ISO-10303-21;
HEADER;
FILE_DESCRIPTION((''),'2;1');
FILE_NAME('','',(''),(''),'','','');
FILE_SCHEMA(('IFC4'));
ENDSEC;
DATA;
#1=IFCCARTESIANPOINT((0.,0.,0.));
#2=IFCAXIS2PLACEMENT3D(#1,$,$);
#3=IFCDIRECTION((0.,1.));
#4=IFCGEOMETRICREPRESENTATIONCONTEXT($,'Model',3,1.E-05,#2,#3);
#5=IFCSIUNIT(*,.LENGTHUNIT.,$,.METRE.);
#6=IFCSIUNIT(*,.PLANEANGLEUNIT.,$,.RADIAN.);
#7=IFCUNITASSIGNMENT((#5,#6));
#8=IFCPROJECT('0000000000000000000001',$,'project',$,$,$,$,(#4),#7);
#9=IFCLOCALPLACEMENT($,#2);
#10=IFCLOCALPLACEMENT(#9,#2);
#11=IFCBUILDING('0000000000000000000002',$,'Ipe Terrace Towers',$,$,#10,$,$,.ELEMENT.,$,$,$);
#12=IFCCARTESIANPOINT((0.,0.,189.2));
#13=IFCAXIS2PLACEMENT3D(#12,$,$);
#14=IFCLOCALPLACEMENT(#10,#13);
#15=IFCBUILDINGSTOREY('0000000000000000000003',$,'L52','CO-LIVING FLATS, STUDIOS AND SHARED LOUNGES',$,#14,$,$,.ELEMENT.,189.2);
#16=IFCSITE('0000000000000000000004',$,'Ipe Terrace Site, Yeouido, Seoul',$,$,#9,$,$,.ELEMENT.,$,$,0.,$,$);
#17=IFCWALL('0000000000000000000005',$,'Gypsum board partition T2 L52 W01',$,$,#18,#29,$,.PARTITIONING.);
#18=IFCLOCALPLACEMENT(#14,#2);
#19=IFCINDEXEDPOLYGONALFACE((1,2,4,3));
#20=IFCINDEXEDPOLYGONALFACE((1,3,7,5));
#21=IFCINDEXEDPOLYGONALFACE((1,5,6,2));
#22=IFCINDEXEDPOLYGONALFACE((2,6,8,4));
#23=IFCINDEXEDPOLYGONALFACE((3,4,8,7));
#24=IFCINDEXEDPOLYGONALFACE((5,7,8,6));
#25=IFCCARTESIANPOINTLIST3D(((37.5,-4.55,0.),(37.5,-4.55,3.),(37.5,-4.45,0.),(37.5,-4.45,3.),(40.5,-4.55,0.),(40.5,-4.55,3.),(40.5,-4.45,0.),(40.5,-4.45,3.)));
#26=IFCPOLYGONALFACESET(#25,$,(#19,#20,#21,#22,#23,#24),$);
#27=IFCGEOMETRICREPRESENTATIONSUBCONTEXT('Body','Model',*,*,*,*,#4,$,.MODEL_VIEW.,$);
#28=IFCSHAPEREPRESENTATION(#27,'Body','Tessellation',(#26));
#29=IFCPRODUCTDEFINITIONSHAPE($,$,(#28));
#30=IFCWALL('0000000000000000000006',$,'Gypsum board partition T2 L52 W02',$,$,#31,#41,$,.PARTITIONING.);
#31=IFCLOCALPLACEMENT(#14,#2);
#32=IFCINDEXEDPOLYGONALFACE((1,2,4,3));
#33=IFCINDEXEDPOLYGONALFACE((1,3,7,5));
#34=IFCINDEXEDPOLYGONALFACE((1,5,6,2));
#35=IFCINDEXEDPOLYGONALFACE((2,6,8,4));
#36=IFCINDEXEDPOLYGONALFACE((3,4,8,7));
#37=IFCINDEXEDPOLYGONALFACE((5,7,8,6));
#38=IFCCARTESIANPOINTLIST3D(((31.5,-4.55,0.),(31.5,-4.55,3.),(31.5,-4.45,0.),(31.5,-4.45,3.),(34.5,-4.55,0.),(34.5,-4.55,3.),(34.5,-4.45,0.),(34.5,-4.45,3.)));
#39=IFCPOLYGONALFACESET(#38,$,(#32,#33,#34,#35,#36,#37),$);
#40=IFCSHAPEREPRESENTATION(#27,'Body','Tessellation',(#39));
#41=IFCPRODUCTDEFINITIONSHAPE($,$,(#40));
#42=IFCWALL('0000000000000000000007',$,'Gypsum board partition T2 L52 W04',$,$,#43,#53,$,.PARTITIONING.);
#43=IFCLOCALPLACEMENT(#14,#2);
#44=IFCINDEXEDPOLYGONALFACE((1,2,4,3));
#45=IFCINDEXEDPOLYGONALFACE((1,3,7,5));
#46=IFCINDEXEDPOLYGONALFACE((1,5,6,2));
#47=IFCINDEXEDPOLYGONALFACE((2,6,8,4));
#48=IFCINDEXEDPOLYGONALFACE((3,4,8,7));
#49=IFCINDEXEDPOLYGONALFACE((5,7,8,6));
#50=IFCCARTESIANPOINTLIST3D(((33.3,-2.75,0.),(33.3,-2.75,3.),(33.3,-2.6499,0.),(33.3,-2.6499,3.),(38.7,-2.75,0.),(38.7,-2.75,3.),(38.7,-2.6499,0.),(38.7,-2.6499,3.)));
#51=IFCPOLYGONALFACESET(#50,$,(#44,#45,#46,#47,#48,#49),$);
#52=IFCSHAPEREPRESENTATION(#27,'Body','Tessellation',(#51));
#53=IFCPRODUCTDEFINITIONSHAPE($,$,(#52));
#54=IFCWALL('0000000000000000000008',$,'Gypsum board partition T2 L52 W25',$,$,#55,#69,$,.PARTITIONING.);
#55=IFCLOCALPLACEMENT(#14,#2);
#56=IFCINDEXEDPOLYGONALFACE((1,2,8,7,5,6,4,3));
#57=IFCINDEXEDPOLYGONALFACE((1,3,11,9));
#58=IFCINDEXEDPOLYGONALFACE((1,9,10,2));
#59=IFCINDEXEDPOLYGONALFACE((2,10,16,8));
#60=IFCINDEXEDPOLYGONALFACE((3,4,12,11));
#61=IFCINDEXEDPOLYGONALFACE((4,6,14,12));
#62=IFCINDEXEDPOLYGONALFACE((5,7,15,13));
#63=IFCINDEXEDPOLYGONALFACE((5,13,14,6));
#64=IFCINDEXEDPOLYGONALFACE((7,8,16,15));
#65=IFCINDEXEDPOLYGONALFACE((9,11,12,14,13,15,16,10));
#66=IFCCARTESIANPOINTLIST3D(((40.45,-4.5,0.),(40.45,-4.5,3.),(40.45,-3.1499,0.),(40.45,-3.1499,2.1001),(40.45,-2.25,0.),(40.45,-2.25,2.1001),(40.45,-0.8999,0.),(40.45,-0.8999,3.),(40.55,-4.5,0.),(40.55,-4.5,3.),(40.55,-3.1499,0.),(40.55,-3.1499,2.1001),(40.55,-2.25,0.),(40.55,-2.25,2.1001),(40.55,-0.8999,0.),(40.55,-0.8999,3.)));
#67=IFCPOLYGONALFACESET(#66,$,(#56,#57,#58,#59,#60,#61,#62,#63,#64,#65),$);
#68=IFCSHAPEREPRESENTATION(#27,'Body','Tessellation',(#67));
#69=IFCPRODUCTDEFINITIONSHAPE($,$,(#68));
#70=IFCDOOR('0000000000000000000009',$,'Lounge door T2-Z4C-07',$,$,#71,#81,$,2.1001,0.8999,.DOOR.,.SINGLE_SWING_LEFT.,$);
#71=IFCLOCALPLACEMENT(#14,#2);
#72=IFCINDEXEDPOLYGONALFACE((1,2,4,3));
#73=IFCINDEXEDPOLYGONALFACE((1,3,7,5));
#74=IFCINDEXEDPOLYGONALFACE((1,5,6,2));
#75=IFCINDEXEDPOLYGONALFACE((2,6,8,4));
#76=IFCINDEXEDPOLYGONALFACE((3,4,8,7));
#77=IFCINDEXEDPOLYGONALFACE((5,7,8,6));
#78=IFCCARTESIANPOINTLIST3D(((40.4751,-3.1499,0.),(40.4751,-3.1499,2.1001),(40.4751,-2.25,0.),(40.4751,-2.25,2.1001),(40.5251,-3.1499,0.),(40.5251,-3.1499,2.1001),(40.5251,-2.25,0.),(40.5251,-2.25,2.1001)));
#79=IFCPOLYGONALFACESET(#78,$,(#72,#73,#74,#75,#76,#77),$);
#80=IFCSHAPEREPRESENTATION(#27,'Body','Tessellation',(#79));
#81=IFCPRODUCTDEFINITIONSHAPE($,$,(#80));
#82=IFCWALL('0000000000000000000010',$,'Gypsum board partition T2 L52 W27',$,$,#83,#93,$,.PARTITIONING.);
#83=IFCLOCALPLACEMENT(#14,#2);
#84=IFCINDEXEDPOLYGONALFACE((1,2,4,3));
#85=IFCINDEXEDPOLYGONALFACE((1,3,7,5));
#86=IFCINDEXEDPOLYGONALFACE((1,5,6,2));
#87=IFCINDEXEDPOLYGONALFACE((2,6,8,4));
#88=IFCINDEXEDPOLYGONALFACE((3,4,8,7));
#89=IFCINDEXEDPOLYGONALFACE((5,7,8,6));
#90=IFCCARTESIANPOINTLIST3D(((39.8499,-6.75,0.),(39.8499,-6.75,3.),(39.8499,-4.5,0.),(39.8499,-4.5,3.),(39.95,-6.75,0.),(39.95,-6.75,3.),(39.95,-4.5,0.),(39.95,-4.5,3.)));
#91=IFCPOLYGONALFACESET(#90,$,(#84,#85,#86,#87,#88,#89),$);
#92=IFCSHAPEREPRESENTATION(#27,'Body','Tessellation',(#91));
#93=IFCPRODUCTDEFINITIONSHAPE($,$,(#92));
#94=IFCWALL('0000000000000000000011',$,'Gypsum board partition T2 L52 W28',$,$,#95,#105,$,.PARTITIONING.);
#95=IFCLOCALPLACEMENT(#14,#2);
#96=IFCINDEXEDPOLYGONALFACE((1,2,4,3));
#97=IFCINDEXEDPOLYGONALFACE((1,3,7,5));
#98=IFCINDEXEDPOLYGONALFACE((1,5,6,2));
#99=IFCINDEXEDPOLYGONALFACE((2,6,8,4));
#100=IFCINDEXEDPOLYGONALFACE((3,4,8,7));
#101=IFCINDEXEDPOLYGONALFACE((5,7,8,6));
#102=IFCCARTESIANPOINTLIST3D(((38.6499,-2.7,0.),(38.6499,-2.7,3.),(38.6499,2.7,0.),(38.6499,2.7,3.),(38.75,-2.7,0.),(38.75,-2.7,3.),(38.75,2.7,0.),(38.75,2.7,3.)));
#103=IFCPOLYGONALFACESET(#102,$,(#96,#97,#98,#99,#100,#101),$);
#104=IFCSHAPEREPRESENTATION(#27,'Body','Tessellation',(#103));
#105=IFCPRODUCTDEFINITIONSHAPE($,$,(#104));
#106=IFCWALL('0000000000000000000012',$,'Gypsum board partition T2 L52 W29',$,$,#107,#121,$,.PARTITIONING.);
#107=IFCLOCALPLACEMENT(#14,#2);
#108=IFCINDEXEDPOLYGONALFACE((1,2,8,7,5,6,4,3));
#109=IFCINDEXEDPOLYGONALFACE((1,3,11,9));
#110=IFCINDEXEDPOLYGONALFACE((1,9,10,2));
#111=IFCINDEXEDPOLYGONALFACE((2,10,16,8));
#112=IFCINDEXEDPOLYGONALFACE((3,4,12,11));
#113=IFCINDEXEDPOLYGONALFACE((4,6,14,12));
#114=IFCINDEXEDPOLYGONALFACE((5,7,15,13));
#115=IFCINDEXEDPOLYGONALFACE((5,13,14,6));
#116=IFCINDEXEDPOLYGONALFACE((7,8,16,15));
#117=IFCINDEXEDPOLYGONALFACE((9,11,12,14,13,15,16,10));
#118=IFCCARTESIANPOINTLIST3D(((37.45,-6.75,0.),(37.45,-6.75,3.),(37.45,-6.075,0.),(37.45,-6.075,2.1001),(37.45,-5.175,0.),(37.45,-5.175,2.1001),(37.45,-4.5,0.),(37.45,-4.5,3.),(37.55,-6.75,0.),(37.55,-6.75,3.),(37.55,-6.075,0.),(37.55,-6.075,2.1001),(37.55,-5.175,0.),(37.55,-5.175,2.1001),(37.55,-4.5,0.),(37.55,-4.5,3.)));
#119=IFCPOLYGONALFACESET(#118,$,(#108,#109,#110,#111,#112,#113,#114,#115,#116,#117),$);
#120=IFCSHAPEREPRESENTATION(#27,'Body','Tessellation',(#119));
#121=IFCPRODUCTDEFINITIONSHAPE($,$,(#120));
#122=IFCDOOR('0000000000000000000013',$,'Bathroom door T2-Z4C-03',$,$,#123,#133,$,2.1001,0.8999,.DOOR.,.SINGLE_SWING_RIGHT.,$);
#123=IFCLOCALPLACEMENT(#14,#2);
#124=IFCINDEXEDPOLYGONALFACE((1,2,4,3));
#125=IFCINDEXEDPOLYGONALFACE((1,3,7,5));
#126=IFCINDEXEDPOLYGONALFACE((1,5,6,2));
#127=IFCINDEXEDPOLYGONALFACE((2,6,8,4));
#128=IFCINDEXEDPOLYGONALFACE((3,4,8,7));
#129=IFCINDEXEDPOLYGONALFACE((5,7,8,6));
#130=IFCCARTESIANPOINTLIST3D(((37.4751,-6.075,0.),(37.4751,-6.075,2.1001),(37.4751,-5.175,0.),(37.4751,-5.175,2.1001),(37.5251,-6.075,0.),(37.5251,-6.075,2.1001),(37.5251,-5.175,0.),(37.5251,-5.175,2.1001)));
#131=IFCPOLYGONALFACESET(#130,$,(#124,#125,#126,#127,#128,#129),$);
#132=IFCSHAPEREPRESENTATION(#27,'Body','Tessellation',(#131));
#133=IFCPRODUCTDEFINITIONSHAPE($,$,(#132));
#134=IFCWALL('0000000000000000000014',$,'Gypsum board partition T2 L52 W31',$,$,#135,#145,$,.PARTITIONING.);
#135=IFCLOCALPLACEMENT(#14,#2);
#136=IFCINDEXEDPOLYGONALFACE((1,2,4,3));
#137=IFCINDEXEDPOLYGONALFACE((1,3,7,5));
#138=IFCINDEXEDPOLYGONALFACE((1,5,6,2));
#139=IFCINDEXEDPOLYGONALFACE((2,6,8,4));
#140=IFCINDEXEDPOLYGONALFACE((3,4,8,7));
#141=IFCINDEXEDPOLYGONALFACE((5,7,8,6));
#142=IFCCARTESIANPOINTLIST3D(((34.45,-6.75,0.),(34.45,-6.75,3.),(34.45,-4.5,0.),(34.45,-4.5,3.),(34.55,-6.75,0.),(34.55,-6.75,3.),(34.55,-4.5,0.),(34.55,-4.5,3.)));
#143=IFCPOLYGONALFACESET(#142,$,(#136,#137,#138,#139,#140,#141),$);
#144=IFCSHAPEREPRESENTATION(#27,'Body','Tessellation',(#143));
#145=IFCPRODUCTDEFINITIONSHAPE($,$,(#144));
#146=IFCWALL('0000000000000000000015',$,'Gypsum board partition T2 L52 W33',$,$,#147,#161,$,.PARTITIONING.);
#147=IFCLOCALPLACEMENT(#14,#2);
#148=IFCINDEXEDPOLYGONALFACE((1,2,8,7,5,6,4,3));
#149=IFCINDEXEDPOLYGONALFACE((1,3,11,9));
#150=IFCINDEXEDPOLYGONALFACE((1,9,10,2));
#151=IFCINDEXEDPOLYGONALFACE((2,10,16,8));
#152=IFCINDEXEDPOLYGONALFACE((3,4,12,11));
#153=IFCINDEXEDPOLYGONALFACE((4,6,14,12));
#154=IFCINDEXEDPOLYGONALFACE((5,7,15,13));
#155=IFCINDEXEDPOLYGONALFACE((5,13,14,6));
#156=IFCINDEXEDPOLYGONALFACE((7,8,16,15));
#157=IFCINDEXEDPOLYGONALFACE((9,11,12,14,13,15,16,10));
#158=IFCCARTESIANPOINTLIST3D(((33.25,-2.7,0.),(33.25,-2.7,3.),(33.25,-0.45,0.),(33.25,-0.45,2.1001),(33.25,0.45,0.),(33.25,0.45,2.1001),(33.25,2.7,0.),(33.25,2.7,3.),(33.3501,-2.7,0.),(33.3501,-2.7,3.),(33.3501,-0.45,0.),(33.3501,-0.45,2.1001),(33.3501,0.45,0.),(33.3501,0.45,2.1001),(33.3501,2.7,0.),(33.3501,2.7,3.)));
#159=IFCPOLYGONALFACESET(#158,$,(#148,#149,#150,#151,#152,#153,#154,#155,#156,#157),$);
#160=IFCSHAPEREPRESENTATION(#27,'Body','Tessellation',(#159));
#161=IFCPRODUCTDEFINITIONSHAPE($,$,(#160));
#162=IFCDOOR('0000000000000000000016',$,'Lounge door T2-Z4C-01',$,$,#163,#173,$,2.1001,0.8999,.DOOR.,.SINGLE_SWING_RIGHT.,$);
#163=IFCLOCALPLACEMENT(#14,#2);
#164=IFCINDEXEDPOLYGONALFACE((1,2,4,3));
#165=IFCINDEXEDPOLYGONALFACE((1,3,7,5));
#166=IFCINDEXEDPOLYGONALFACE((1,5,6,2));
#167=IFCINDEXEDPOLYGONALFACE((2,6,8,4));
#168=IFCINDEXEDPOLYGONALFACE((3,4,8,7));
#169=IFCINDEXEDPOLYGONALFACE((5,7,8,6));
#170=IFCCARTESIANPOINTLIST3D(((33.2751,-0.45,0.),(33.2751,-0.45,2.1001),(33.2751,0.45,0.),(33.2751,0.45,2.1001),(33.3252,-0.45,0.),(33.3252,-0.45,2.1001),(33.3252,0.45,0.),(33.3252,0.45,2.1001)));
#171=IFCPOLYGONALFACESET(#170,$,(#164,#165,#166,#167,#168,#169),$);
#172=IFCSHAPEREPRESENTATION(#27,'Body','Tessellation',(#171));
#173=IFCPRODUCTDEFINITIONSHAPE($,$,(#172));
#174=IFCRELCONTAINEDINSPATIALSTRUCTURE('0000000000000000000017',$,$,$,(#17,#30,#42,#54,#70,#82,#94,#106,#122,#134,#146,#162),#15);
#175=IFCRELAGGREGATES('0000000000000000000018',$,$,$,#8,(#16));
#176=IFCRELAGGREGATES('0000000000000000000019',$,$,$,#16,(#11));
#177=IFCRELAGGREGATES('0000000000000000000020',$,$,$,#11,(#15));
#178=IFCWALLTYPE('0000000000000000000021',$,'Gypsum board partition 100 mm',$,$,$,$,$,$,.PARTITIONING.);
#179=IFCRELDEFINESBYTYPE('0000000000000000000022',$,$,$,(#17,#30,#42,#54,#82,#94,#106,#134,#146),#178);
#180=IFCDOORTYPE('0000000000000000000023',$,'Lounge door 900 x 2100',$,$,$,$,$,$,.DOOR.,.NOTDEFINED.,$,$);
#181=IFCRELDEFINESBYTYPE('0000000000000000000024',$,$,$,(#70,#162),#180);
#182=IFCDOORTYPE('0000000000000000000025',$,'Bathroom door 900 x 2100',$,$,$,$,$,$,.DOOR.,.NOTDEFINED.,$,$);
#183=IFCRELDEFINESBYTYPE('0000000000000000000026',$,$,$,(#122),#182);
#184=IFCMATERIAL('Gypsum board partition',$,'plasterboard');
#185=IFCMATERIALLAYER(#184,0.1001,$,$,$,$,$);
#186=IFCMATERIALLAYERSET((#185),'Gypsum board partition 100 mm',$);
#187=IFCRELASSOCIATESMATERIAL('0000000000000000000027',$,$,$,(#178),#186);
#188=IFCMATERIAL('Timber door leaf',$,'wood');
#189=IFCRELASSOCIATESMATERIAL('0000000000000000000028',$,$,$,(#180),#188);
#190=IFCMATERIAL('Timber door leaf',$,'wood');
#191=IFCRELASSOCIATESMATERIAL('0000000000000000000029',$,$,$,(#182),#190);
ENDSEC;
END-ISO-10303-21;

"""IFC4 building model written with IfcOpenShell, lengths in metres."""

from ifc_helpers import new_model, si_unit, direction, frame, frame_2d, origin, place, context, subcontext, project, spatial, rectangle, extrude, material, layer, layer_set, type_object, element, fill, save


model = new_model("IFC4")

# Units and contexts
model_context = context("Model", 3, precision=1e-05, world=origin(), true_north=direction((0.0, 1.0)))
body_context = subcontext(model_context, "Body", "Model", "MODEL_VIEW")
ifc_project = project(units=[si_unit("LENGTHUNIT", "METRE"), si_unit("PLANEANGLEUNIT", "RADIAN")], contexts=[model_context])

# Site, building, storey
site_placement = place(None, origin())
site = spatial("IfcSite", under=ifc_project, at=site_placement, Name="Ipe Terrace Site, Yeouido, Seoul", CompositionType="ELEMENT", RefElevation=0.0)
building_placement = place(site_placement, origin())
building = spatial("IfcBuilding", under=site, at=building_placement, Name="Ipe Terrace Towers", CompositionType="ELEMENT")
storey_placement = place(building_placement, frame((0.0, 0.0, 189.2)))
storey = spatial("IfcBuildingStorey", under=building, at=storey_placement, Name="L52", Description="CO-LIVING FLATS, STUDIOS AND SHARED LOUNGES", CompositionType="ELEMENT", Elevation=189.2)

# Walls
ifc_material_1 = material(Name="Gypsum board partition", Category="plasterboard")
ifc_layer_1 = layer(ifc_material_1, 0.1001)
ifc_layer_set_1 = layer_set([ifc_layer_1], Name="Gypsum board partition 100 mm")
wall_type_1 = type_object("IfcWallType", Name="Gypsum board partition 100 mm", PredefinedType="PARTITIONING", material=ifc_layer_set_1)
for number, where, z_axis, x_axis, name in (
    (1, (40.5, -4.5, 0.0), (0.0, 0.0, 1.0), (-1.0, 0.0, 0.0), "Gypsum board partition T2 L52 W01"),
    (2, (34.5, -4.5, 0.0), (0.0, 0.0, 1.0), (-1.0, 0.0, 0.0), "Gypsum board partition T2 L52 W02"),
):
    element("IfcWall", number, at=place(storey_placement, frame(where, z_axis=z_axis, x_axis=x_axis)), inside=storey, type_object=wall_type_1, Name=name, PredefinedType="PARTITIONING", context=body_context, shape_type="SweptSolid", body=[
        extrude(rectangle(XDim=3.0, YDim=0.1001, at=frame_2d((1.5, 0.0))), origin(), (0.0, 0.0, 1.0), 3.0),
    ])
wall_1_placement = place(storey_placement, frame((38.7, -2.7, 0.0), z_axis=(0.0, 0.0, 1.0), x_axis=(-1.0, 0.0, 0.0)))
element("IfcWall", 3, at=wall_1_placement, inside=storey, type_object=wall_type_1, Name="Gypsum board partition T2 L52 W04", PredefinedType="PARTITIONING", context=body_context, shape_type="SweptSolid", body=[
    extrude(rectangle(XDim=5.3999, YDim=0.1001, at=frame_2d((2.7, 0.0))), origin(), (0.0, 0.0, 1.0), 3.0),
])

# Wall, opening, door
wall_2_placement = place(storey_placement, frame((40.5, -4.5, 0.0), z_axis=(0.0, 0.0, 1.0), x_axis=(0.0, 1.0, 0.0)))
wall_2 = element("IfcWall", 4, at=wall_2_placement, inside=storey, type_object=wall_type_1, Name="Gypsum board partition T2 L52 W25", PredefinedType="PARTITIONING", context=body_context, shape_type="SweptSolid", body=[
    extrude(rectangle(XDim=3.6001, YDim=0.1001, at=frame_2d((1.8, 0.0))), origin(), (0.0, 0.0, 1.0), 3.0),
])
opening_1_placement = place(wall_2_placement, frame((1.3501, 0.0, 0.0)))
opening_1 = element("IfcOpeningElement", 5, at=opening_1_placement, cuts=wall_2, PredefinedType="OPENING", context=body_context, shape_type="SweptSolid", body=[
    extrude(rectangle(XDim=0.8999, YDim=2.1001, at=frame_2d((0.45, 1.05))), frame((0.0, 0.0601, 0.0), z_axis=(0.0, -1.0, 0.0), x_axis=(1.0, 0.0, 0.0)), (0.0, 0.0, 1.0), 0.1201),
])
ifc_material_2 = material(Name="Timber door leaf", Category="wood")
door_type_1 = type_object("IfcDoorType", Name="Lounge door 900 x 2100", OperationType="NOTDEFINED", PredefinedType="DOOR", material=ifc_material_2)
door_1_placement = place(opening_1_placement, origin())
door_1 = element("IfcDoor", 6, at=door_1_placement, inside=storey, type_object=door_type_1, Name="Lounge door T2-Z4C-07", OperationType="SINGLE_SWING_LEFT", OverallHeight=2.1001, OverallWidth=0.8999, PredefinedType="DOOR", context=body_context, shape_type="SweptSolid", body=[
    extrude(rectangle(XDim=0.8999, YDim=2.1001, at=frame_2d((0.45, 1.05))), frame((0.0, 0.0249, 0.0), z_axis=(0.0, -1.0, 0.0), x_axis=(1.0, 0.0, 0.0)), (0.0, 0.0, 1.0), 0.05),
])
fill(opening_1, door_1)

# Walls
wall_3_placement = place(storey_placement, frame((39.8999, -6.75, 0.0), z_axis=(0.0, 0.0, 1.0), x_axis=(0.0, 1.0, 0.0)))
element("IfcWall", 7, at=wall_3_placement, inside=storey, type_object=wall_type_1, Name="Gypsum board partition T2 L52 W27", PredefinedType="PARTITIONING", context=body_context, shape_type="SweptSolid", body=[
    extrude(rectangle(XDim=2.25, YDim=0.1001, at=frame_2d((1.125, 0.0))), origin(), (0.0, 0.0, 1.0), 3.0),
])
wall_4_placement = place(storey_placement, frame((38.7, -2.7, 0.0), z_axis=(0.0, 0.0, 1.0), x_axis=(0.0, 1.0, 0.0)))
element("IfcWall", 8, at=wall_4_placement, inside=storey, type_object=wall_type_1, Name="Gypsum board partition T2 L52 W28", PredefinedType="PARTITIONING", context=body_context, shape_type="SweptSolid", body=[
    extrude(rectangle(XDim=5.3999, YDim=0.1001, at=frame_2d((2.7, 0.0))), origin(), (0.0, 0.0, 1.0), 3.0),
])

# Wall, opening, door
wall_5_placement = place(storey_placement, frame((37.5, -6.75, 0.0), z_axis=(0.0, 0.0, 1.0), x_axis=(0.0, 1.0, 0.0)))
wall_5 = element("IfcWall", 9, at=wall_5_placement, inside=storey, type_object=wall_type_1, Name="Gypsum board partition T2 L52 W29", PredefinedType="PARTITIONING", context=body_context, shape_type="SweptSolid", body=[
    extrude(rectangle(XDim=2.25, YDim=0.1001, at=frame_2d((1.125, 0.0))), origin(), (0.0, 0.0, 1.0), 3.0),
])
opening_2_placement = place(wall_5_placement, frame((0.675, 0.0, 0.0)))
opening_2 = element("IfcOpeningElement", 10, at=opening_2_placement, cuts=wall_5, PredefinedType="OPENING", context=body_context, shape_type="SweptSolid", body=[
    extrude(rectangle(XDim=0.8999, YDim=2.1001, at=frame_2d((0.45, 1.05))), frame((0.0, 0.0601, 0.0), z_axis=(0.0, -1.0, 0.0), x_axis=(1.0, 0.0, 0.0)), (0.0, 0.0, 1.0), 0.1201),
])
ifc_material_3 = material(Name="Timber door leaf", Category="wood")
door_type_2 = type_object("IfcDoorType", Name="Bathroom door 900 x 2100", OperationType="NOTDEFINED", PredefinedType="DOOR", material=ifc_material_3)
door_2_placement = place(opening_2_placement, origin())
door_2 = element("IfcDoor", 11, at=door_2_placement, inside=storey, type_object=door_type_2, Name="Bathroom door T2-Z4C-03", OperationType="SINGLE_SWING_RIGHT", OverallHeight=2.1001, OverallWidth=0.8999, PredefinedType="DOOR", context=body_context, shape_type="SweptSolid", body=[
    extrude(rectangle(XDim=0.8999, YDim=2.1001, at=frame_2d((0.45, 1.05))), frame((0.0, 0.0249, 0.0), z_axis=(0.0, -1.0, 0.0), x_axis=(1.0, 0.0, 0.0)), (0.0, 0.0, 1.0), 0.05),
])
fill(opening_2, door_2)

# Wall
wall_6_placement = place(storey_placement, frame((34.5, -6.75, 0.0), z_axis=(0.0, 0.0, 1.0), x_axis=(0.0, 1.0, 0.0)))
element("IfcWall", 12, at=wall_6_placement, inside=storey, type_object=wall_type_1, Name="Gypsum board partition T2 L52 W31", PredefinedType="PARTITIONING", context=body_context, shape_type="SweptSolid", body=[
    extrude(rectangle(XDim=2.25, YDim=0.1001, at=frame_2d((1.125, 0.0))), origin(), (0.0, 0.0, 1.0), 3.0),
])

# Wall, opening, door
wall_7_placement = place(storey_placement, frame((33.3, -2.7, 0.0), z_axis=(0.0, 0.0, 1.0), x_axis=(0.0, 1.0, 0.0)))
wall_7 = element("IfcWall", 13, at=wall_7_placement, inside=storey, type_object=wall_type_1, Name="Gypsum board partition T2 L52 W33", PredefinedType="PARTITIONING", context=body_context, shape_type="SweptSolid", body=[
    extrude(rectangle(XDim=5.3999, YDim=0.1001, at=frame_2d((2.7, 0.0))), origin(), (0.0, 0.0, 1.0), 3.0),
])
opening_3_placement = place(wall_7_placement, frame((2.25, 0.0, 0.0)))
opening_3 = element("IfcOpeningElement", 14, at=opening_3_placement, cuts=wall_7, PredefinedType="OPENING", context=body_context, shape_type="SweptSolid", body=[
    extrude(rectangle(XDim=0.8999, YDim=2.1001, at=frame_2d((0.45, 1.05))), frame((0.0, 0.0601, 0.0), z_axis=(0.0, -1.0, 0.0), x_axis=(1.0, 0.0, 0.0)), (0.0, 0.0, 1.0), 0.1201),
])
door_3_placement = place(opening_3_placement, origin())
door_3 = element("IfcDoor", 15, at=door_3_placement, inside=storey, type_object=door_type_1, Name="Lounge door T2-Z4C-01", OperationType="SINGLE_SWING_RIGHT", OverallHeight=2.1001, OverallWidth=0.8999, PredefinedType="DOOR", context=body_context, shape_type="SweptSolid", body=[
    extrude(rectangle(XDim=0.8999, YDim=2.1001, at=frame_2d((0.45, 1.05))), frame((0.0, 0.0249, 0.0), z_axis=(0.0, -1.0, 0.0), x_axis=(1.0, 0.0, 0.0)), (0.0, 0.0, 1.0), 0.05),
])
fill(opening_3, door_3)

save(model, "model.ifc")
